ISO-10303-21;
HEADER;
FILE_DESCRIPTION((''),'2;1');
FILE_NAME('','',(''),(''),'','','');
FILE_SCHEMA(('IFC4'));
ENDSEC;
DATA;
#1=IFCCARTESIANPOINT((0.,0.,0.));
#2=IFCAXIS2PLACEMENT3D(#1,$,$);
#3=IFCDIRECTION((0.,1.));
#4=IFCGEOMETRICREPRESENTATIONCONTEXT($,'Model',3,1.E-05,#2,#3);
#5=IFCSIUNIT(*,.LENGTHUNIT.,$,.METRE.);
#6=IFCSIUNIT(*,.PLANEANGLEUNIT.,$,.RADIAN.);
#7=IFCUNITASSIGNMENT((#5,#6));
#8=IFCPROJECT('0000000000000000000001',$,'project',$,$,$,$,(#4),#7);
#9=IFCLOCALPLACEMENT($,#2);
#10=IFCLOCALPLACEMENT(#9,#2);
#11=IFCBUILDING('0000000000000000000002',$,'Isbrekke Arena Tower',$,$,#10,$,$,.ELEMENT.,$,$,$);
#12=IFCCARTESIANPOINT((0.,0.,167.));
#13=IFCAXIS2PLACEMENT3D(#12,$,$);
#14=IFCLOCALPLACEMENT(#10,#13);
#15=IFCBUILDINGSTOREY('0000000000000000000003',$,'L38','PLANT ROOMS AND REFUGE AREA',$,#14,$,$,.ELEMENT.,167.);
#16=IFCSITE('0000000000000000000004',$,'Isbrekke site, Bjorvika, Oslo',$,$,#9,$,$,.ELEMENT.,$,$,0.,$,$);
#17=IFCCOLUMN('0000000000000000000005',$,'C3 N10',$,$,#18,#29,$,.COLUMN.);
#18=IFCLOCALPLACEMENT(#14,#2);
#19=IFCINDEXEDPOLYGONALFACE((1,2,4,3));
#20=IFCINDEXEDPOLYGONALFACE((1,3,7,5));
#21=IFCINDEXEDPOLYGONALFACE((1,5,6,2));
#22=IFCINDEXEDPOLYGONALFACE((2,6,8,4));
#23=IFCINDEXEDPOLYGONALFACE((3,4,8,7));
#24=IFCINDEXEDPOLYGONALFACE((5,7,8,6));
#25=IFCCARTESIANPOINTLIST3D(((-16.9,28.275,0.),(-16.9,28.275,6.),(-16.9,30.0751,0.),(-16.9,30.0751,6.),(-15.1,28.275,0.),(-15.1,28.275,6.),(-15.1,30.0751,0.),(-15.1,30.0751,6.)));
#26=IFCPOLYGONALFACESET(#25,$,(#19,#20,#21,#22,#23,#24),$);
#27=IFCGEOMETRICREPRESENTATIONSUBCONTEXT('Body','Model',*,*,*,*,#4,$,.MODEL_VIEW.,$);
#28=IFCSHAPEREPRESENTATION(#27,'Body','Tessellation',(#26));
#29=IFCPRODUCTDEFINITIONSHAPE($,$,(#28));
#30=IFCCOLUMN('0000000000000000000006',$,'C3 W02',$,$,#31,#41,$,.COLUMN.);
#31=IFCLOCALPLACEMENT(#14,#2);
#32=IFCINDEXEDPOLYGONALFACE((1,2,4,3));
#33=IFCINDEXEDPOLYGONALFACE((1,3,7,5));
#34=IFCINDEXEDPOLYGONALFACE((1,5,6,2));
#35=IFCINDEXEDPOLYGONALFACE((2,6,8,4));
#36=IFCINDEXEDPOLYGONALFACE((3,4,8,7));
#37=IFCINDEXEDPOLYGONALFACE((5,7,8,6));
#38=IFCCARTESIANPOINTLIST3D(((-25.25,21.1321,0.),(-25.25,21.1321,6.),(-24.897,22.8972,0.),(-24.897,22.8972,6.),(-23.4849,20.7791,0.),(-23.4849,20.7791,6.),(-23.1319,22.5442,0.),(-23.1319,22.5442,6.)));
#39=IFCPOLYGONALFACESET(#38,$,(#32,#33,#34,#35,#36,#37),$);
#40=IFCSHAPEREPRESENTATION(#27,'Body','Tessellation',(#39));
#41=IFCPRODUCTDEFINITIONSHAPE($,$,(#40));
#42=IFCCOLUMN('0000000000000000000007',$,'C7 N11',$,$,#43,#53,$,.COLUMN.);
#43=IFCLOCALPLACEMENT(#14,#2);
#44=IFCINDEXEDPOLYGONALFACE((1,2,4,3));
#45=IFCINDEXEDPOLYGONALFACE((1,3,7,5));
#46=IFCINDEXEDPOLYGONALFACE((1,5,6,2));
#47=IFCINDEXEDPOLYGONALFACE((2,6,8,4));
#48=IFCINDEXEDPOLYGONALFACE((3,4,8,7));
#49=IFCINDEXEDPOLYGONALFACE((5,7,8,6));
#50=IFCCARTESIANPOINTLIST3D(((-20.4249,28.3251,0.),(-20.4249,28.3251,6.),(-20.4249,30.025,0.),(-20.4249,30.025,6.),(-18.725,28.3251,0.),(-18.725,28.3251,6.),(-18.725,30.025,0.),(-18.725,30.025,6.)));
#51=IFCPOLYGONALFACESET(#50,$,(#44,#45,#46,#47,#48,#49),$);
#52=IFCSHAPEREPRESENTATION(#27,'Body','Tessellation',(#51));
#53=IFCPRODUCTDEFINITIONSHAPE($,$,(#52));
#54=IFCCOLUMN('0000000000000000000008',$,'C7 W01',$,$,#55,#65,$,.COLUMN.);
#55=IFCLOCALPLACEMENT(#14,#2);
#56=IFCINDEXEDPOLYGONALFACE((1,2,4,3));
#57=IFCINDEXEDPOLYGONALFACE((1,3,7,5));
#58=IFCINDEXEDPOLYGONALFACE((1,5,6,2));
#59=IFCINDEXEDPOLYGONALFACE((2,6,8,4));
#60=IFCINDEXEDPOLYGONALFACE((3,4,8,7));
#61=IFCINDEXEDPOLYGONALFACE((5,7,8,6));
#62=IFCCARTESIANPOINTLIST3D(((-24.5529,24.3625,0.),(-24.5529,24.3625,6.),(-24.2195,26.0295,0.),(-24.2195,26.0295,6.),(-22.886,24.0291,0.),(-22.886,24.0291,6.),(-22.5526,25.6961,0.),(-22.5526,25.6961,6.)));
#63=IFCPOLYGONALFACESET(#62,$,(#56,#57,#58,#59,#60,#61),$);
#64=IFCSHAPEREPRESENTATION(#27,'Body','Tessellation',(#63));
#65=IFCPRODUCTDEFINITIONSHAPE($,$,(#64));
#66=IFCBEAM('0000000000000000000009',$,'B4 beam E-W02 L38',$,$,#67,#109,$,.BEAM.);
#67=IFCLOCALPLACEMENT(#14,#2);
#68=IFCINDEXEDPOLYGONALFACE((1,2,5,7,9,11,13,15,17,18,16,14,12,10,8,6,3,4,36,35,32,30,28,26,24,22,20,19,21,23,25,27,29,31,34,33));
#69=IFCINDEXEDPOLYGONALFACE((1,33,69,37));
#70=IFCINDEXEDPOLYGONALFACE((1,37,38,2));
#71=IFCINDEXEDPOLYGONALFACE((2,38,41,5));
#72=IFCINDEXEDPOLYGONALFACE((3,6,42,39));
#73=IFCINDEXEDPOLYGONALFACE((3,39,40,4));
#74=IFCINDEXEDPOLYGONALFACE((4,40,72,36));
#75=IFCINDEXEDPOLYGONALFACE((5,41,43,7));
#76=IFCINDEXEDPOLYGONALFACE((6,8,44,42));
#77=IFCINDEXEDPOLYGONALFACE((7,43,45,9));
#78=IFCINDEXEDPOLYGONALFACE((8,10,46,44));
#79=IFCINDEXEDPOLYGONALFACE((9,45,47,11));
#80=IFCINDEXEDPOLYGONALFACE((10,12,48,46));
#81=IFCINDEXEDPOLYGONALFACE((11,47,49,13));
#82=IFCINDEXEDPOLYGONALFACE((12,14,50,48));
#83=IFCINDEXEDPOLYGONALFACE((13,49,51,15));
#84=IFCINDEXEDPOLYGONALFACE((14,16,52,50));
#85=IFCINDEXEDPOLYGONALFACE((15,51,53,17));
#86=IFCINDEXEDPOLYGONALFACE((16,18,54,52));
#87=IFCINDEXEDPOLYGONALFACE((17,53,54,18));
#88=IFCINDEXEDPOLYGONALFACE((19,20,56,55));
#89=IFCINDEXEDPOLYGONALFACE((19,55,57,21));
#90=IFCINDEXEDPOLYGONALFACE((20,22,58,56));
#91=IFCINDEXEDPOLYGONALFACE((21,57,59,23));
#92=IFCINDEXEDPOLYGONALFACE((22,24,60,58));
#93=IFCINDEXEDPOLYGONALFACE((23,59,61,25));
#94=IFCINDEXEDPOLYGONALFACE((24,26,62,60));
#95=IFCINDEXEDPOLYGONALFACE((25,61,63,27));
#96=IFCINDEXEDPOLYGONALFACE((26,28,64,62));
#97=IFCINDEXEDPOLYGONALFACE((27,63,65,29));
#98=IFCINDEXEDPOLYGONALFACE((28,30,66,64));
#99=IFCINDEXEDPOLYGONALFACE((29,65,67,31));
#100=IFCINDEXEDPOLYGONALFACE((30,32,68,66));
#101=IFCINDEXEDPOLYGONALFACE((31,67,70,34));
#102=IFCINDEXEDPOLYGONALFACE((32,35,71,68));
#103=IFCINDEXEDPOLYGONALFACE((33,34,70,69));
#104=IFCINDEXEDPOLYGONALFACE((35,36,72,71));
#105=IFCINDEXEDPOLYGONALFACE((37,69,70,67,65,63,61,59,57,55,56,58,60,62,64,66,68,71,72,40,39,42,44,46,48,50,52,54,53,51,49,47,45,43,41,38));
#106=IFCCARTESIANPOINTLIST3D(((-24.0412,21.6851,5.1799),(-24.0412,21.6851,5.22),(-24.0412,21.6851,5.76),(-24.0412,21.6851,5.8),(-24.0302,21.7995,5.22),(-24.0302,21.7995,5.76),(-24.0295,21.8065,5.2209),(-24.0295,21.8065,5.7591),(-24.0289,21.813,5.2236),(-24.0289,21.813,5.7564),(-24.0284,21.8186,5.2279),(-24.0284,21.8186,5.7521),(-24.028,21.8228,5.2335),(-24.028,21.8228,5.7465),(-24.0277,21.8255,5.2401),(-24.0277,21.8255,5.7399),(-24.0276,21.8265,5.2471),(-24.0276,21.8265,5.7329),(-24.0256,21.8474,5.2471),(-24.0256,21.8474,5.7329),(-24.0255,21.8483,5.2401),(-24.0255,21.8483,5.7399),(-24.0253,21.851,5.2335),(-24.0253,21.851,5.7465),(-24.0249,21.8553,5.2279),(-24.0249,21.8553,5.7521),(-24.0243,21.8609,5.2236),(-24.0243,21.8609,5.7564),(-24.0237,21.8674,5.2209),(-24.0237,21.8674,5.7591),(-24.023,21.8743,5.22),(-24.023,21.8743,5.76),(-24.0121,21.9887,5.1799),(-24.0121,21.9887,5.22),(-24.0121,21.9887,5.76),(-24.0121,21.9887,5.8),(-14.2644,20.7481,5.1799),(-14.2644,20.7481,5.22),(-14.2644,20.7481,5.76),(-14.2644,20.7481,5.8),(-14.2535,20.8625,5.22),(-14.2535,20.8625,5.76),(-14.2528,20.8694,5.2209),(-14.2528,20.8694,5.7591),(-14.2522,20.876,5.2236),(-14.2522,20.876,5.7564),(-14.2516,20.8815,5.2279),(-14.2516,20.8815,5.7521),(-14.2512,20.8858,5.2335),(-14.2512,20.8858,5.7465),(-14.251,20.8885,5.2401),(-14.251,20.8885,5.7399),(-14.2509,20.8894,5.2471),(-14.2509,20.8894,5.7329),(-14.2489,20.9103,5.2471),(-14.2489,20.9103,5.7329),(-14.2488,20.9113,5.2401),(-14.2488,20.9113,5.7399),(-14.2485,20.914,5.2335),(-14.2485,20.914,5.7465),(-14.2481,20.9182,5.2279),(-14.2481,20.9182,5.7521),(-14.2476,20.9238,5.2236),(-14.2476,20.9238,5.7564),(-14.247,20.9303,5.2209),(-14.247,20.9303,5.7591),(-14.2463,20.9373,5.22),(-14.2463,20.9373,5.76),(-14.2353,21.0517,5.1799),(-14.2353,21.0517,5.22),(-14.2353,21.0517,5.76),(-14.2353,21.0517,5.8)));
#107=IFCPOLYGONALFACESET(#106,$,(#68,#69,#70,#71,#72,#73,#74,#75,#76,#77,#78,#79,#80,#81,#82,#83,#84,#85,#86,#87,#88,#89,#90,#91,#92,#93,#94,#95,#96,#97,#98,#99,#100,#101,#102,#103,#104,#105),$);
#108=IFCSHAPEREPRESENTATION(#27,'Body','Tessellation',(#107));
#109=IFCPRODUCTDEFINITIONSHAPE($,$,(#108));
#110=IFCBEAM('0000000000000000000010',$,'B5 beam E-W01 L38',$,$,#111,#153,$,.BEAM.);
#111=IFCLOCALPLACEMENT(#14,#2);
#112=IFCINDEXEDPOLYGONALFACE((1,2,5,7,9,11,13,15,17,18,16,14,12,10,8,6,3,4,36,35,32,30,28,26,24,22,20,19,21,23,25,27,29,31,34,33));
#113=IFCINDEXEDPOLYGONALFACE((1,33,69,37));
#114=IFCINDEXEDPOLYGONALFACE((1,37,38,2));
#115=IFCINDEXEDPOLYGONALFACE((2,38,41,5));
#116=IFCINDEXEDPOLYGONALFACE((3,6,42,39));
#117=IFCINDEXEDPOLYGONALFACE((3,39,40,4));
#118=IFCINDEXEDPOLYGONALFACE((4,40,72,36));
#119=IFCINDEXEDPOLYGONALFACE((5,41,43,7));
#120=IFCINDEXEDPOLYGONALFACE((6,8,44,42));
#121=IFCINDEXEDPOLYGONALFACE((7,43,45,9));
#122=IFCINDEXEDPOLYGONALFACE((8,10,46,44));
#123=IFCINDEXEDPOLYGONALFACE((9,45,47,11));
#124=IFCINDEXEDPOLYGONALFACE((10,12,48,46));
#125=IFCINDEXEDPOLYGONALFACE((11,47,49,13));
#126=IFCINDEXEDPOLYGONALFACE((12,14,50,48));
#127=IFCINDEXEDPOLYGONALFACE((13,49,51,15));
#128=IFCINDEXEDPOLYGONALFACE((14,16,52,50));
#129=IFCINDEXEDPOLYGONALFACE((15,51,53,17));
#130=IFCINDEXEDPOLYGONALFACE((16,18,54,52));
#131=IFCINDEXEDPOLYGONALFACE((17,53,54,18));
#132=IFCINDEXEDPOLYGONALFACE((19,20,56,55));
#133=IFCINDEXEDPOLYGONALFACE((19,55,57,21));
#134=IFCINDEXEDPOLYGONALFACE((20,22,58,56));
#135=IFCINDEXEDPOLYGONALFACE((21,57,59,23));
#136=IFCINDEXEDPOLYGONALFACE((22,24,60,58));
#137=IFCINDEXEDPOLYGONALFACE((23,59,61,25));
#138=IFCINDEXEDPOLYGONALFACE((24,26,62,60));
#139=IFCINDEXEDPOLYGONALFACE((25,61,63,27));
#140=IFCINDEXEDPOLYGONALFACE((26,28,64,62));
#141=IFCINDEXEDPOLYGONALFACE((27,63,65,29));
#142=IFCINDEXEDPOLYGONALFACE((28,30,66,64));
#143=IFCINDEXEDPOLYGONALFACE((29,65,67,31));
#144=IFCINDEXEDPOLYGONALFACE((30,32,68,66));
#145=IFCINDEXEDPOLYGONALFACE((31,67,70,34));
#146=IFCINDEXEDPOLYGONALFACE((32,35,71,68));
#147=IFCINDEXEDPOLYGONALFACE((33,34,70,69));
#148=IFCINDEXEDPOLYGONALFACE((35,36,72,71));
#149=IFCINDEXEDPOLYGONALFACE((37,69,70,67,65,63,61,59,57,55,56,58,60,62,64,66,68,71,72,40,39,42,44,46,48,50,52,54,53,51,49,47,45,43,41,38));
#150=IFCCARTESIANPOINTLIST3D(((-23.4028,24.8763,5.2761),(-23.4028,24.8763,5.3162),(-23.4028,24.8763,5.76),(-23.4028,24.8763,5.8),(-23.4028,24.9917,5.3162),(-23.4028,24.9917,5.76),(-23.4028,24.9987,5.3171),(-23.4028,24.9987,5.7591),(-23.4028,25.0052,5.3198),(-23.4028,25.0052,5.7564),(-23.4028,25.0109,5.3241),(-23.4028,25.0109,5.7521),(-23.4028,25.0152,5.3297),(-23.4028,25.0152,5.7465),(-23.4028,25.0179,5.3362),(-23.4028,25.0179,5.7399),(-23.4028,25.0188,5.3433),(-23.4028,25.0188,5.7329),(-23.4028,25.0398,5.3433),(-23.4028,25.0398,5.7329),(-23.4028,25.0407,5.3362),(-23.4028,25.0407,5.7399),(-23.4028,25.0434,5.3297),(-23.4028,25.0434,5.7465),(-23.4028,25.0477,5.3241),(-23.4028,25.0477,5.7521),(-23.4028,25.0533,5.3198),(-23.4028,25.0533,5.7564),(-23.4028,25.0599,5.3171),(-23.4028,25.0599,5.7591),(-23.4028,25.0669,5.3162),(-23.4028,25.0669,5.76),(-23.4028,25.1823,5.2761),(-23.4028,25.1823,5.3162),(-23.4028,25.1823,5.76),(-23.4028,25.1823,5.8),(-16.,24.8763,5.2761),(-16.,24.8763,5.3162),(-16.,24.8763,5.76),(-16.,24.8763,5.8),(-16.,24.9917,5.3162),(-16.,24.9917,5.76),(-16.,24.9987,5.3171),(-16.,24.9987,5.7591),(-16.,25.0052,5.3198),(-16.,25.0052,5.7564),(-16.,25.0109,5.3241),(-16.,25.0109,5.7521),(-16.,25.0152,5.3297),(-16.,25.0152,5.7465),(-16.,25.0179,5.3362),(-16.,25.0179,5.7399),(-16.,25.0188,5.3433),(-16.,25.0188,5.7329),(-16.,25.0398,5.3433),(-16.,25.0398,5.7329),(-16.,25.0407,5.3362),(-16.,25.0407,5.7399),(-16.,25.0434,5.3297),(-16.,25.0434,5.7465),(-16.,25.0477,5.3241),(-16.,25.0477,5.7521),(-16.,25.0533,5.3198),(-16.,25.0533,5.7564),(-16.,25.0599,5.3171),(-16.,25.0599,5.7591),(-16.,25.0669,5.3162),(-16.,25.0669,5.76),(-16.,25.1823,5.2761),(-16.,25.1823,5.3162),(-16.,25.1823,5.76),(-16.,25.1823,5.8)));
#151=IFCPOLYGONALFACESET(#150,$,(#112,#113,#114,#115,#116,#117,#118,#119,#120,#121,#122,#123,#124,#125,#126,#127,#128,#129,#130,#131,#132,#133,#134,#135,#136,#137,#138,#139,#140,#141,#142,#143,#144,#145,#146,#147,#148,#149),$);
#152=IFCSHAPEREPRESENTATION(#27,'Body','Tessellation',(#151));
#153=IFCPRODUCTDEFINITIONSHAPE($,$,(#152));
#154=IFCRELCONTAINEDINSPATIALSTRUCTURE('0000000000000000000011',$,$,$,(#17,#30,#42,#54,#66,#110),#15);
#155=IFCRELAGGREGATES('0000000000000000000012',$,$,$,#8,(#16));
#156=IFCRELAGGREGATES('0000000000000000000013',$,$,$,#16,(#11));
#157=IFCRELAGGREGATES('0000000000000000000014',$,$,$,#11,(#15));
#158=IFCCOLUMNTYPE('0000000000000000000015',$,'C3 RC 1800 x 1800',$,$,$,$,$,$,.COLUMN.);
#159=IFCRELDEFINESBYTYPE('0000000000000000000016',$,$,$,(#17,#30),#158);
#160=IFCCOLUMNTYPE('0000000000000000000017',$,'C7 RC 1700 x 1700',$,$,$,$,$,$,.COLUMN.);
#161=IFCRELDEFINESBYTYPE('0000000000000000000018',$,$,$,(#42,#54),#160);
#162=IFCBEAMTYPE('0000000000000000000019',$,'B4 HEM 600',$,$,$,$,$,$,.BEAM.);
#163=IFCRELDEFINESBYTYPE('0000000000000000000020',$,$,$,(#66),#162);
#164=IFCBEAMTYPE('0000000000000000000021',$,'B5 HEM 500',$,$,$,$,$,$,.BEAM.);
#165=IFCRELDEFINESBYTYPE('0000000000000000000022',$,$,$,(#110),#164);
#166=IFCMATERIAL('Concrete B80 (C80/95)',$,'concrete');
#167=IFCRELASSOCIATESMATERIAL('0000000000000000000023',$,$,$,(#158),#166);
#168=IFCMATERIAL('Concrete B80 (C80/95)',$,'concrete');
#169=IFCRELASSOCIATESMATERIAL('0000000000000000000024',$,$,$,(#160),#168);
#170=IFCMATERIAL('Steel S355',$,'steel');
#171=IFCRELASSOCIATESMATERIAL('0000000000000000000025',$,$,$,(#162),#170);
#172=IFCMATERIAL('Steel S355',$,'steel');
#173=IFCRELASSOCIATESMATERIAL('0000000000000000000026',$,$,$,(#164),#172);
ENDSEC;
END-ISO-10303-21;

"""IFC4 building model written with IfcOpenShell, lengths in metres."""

from ifc_helpers import new_model, si_unit, direction, frame, origin, origin_2d, place, context, subcontext, project, spatial, rectangle, i_section, extrude, material, material_profile, profile_set, type_object, element, save


model = new_model("IFC4")

# Units and contexts
model_context = context("Model", 3, precision=1e-05, world=origin(), true_north=direction((0.0, 1.0)))
body_context = subcontext(model_context, "Body", "Model", "MODEL_VIEW")
ifc_project = project(units=[si_unit("LENGTHUNIT", "METRE"), si_unit("PLANEANGLEUNIT", "RADIAN")], contexts=[model_context])

# Site, building, storey
site_placement = place(None, origin())
site = spatial("IfcSite", under=ifc_project, at=site_placement, Name="Isbrekke site, Bjorvika, Oslo", CompositionType="ELEMENT", RefElevation=0.0)
building_placement = place(site_placement, origin())
building = spatial("IfcBuilding", under=site, at=building_placement, Name="Isbrekke Arena Tower", CompositionType="ELEMENT")
storey_placement = place(building_placement, frame((0.0, 0.0, 167.0)))
storey = spatial("IfcBuildingStorey", under=building, at=storey_placement, Name="L38", Description="PLANT ROOMS AND REFUGE AREA", CompositionType="ELEMENT", Elevation=167.0)

# Columns
ifc_material_1 = material(Name="Concrete B80 (C80/95)", Category="concrete")
ifc_material_profile_1 = material_profile(ifc_material_1, rectangle(XDim=1.8, YDim=1.8, at=origin_2d()), Name="RC 1800x1800")
ifc_profile_set_1 = profile_set([ifc_material_profile_1], Name="Concrete B80 (C80/95)")
column_type_1 = type_object("IfcColumnType", Name="C3 RC 1800 x 1800", PredefinedType="COLUMN", material=ifc_profile_set_1)
for number, where, z_axis, x_axis, name in (
    (1, (-16.0, 29.175, 0.0), (0.0, 0.0, 1.0), (-1.0, 0.0, 0.0), "C3 N10"),
    (2, (-24.1909, 21.8381, 0.0), (0.0, 0.0, 1.0), (-0.196116, -0.980581, 0.0), "C3 W02"),
):
    element("IfcColumn", number, at=place(storey_placement, frame(where, z_axis=z_axis, x_axis=x_axis)), inside=storey, type_object=column_type_1, Name=name, PredefinedType="COLUMN", context=body_context, shape_type="SweptSolid", body=[
        extrude(rectangle(XDim=1.8, YDim=1.8, at=origin_2d()), origin(), (0.0, 0.0, 1.0), 6.0),
    ])
ifc_material_2 = material(Name="Concrete B80 (C80/95)", Category="concrete")
ifc_material_profile_2 = material_profile(ifc_material_2, rectangle(XDim=1.7, YDim=1.7, at=origin_2d()), Name="RC 1700x1700")
ifc_profile_set_2 = profile_set([ifc_material_profile_2], Name="Concrete B80 (C80/95)")
column_type_2 = type_object("IfcColumnType", Name="C7 RC 1700 x 1700", PredefinedType="COLUMN", material=ifc_profile_set_2)
for number, where, z_axis, x_axis, name in (
    (3, (-19.575, 29.175, 0.0), (0.0, 0.0, 1.0), (-1.0, 0.0, 0.0), "C7 N11"),
    (4, (-23.5527, 25.0293, 0.0), (0.0, 0.0, 1.0), (-0.196116, -0.980581, 0.0), "C7 W01"),
):
    element("IfcColumn", number, at=place(storey_placement, frame(where, z_axis=z_axis, x_axis=x_axis)), inside=storey, type_object=column_type_2, Name=name, PredefinedType="COLUMN", context=body_context, shape_type="SweptSolid", body=[
        extrude(rectangle(XDim=1.7, YDim=1.7, at=origin_2d()), origin(), (0.0, 0.0, 1.0), 6.0),
    ])

# Beams
ifc_material_3 = material(Name="Steel S355", Category="steel")
ifc_material_profile_3 = material_profile(ifc_material_3, i_section(OverallWidth=0.3049, OverallDepth=0.6201, WebThickness=0.021, FlangeThickness=0.04, FilletRadius=0.0271, at=origin_2d()), Name="HEM 600")
ifc_profile_set_3 = profile_set([ifc_material_profile_3], Name="Steel S355")
beam_type_1 = type_object("IfcBeamType", Name="B4 HEM 600", PredefinedType="BEAM", material=ifc_profile_set_3)
beam_1_placement = place(storey_placement, frame((-24.0266, 21.8369, 5.49), z_axis=(0.995439, -0.095405, 0.0), x_axis=(0.095405, 0.995439, 0.0)))
element("IfcBeam", 5, at=beam_1_placement, inside=storey, type_object=beam_type_1, Name="B4 beam E-W02 L38", PredefinedType="BEAM", context=body_context, shape_type="SweptSolid", body=[
    extrude(i_section(OverallWidth=0.3049, OverallDepth=0.6201, WebThickness=0.021, FlangeThickness=0.04, FilletRadius=0.0271, at=origin_2d()), origin(), (0.0, 0.0, 1.0), 9.8215),
])
ifc_material_4 = material(Name="Steel S355", Category="steel")
ifc_material_profile_4 = material_profile(ifc_material_4, i_section(OverallWidth=0.3059, OverallDepth=0.5239, WebThickness=0.021, FlangeThickness=0.04, FilletRadius=0.0271, at=origin_2d()), Name="HEM 500")
ifc_profile_set_4 = profile_set([ifc_material_profile_4], Name="Steel S355")
beam_type_2 = type_object("IfcBeamType", Name="B5 HEM 500", PredefinedType="BEAM", material=ifc_profile_set_4)
beam_2_placement = place(storey_placement, frame((-23.4028, 25.0293, 5.5381), z_axis=(1.0, 0.0, 0.0), x_axis=(0.0, 1.0, 0.0)))
element("IfcBeam", 6, at=beam_2_placement, inside=storey, type_object=beam_type_2, Name="B5 beam E-W01 L38", PredefinedType="BEAM", context=body_context, shape_type="SweptSolid", body=[
    extrude(i_section(OverallWidth=0.3059, OverallDepth=0.5239, WebThickness=0.021, FlangeThickness=0.04, FilletRadius=0.0271, at=origin_2d()), origin(), (0.0, 0.0, 1.0), 7.4028),
])

save(model, "model.ifc")
